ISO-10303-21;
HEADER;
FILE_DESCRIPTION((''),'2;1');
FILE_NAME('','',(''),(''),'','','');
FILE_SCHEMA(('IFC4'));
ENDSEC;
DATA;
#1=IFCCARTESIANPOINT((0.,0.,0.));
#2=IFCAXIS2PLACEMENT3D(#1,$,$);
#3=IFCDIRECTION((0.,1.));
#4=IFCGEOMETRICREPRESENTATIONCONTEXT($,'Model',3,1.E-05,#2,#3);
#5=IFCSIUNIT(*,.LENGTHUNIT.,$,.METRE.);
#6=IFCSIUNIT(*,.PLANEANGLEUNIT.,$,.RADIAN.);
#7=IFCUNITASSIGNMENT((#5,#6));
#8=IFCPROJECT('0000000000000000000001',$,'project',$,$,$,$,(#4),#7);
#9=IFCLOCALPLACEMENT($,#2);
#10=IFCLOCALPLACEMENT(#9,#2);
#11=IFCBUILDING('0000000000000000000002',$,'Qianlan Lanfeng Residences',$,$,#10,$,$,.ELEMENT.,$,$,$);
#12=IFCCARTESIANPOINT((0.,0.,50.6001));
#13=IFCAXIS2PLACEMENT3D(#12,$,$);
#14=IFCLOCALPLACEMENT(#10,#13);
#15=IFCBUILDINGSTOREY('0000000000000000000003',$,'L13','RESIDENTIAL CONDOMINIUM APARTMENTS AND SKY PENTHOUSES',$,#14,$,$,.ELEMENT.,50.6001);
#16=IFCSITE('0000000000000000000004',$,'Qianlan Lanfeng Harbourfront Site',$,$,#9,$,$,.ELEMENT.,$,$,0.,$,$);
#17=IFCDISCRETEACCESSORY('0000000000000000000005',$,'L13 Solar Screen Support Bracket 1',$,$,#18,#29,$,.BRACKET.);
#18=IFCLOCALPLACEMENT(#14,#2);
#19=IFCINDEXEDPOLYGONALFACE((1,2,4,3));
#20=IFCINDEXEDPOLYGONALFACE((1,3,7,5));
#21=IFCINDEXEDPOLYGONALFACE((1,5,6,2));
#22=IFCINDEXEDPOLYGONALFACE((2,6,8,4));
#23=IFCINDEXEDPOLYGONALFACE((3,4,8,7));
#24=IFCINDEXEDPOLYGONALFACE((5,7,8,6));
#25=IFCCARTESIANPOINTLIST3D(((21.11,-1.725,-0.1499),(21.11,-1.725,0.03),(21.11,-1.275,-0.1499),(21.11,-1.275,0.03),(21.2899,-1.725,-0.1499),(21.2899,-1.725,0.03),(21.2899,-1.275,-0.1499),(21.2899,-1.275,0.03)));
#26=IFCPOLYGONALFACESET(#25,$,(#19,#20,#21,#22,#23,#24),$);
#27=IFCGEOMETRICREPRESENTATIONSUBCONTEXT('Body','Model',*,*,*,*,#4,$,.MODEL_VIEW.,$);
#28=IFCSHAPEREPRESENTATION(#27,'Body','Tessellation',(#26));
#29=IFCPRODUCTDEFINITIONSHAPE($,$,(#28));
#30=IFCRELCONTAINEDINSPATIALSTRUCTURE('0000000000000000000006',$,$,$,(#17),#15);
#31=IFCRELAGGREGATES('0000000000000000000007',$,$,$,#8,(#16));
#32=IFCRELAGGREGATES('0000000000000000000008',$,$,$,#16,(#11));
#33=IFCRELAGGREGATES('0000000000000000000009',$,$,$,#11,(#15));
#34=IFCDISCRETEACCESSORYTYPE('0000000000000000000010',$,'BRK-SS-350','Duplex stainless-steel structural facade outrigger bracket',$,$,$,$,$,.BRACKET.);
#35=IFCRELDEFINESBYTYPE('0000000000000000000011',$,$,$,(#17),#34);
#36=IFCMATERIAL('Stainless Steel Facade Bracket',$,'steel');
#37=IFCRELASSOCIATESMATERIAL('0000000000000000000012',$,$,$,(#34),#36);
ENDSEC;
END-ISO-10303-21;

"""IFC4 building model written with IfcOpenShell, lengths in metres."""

from ifc_helpers import new_model, si_unit, direction, frame, origin, origin_2d, place, context, subcontext, project, spatial, rectangle, extrude, source, transform, mapped, material, type_object, element, save


model = new_model("IFC4")

# Units and contexts
model_context = context("Model", 3, precision=1e-05, world=origin(), true_north=direction((0.0, 1.0)))
body_context = subcontext(model_context, "Body", "Model", "MODEL_VIEW")
ifc_project = project(units=[si_unit("LENGTHUNIT", "METRE"), si_unit("PLANEANGLEUNIT", "RADIAN")], contexts=[model_context])

# Site, building, storey
site_placement = place(None, origin())
site = spatial("IfcSite", under=ifc_project, at=site_placement, Name="Qianlan Lanfeng Harbourfront Site", CompositionType="ELEMENT", RefElevation=0.0)
building_placement = place(site_placement, origin())
building = spatial("IfcBuilding", under=site, at=building_placement, Name="Qianlan Lanfeng Residences", CompositionType="ELEMENT")
storey_placement = place(building_placement, frame((0.0, 0.0, 50.6001)))
storey = spatial("IfcBuildingStorey", under=building, at=storey_placement, Name="L13", Description="RESIDENTIAL CONDOMINIUM APARTMENTS AND SKY PENTHOUSES", CompositionType="ELEMENT", Elevation=50.6001)

# Discrete accessory
ifc_material_1 = material(Name="Stainless Steel Facade Bracket", Category="steel")
discrete_accessory_type = type_object("IfcDiscreteAccessoryType", Name="BRK-SS-350", Description="Duplex stainless-steel structural facade outrigger bracket", PredefinedType="BRACKET", material=ifc_material_1)
shared_shape_1 = source(origin(), body_context, "Body", "SweptSolid", [
    extrude(rectangle(XDim=0.1799, YDim=0.45, at=origin_2d()), origin(), (0.0, 0.0, 1.0), 0.1799),
])
discrete_accessory_placement = place(storey_placement, frame((21.2, -1.5, -0.1499), z_axis=(0.0, 0.0, 1.0), x_axis=(1.0, 0.0, 0.0)))
element("IfcDiscreteAccessory", 1, at=discrete_accessory_placement, inside=storey, type_object=discrete_accessory_type, Name="L13 Solar Screen Support Bracket 1", PredefinedType="BRACKET", context=body_context, shape_type="MappedRepresentation", body=[
    mapped(shared_shape_1, transform((0.0, 0.0, 0.0), scale=1.0)),
])

save(model, "model.ifc")
